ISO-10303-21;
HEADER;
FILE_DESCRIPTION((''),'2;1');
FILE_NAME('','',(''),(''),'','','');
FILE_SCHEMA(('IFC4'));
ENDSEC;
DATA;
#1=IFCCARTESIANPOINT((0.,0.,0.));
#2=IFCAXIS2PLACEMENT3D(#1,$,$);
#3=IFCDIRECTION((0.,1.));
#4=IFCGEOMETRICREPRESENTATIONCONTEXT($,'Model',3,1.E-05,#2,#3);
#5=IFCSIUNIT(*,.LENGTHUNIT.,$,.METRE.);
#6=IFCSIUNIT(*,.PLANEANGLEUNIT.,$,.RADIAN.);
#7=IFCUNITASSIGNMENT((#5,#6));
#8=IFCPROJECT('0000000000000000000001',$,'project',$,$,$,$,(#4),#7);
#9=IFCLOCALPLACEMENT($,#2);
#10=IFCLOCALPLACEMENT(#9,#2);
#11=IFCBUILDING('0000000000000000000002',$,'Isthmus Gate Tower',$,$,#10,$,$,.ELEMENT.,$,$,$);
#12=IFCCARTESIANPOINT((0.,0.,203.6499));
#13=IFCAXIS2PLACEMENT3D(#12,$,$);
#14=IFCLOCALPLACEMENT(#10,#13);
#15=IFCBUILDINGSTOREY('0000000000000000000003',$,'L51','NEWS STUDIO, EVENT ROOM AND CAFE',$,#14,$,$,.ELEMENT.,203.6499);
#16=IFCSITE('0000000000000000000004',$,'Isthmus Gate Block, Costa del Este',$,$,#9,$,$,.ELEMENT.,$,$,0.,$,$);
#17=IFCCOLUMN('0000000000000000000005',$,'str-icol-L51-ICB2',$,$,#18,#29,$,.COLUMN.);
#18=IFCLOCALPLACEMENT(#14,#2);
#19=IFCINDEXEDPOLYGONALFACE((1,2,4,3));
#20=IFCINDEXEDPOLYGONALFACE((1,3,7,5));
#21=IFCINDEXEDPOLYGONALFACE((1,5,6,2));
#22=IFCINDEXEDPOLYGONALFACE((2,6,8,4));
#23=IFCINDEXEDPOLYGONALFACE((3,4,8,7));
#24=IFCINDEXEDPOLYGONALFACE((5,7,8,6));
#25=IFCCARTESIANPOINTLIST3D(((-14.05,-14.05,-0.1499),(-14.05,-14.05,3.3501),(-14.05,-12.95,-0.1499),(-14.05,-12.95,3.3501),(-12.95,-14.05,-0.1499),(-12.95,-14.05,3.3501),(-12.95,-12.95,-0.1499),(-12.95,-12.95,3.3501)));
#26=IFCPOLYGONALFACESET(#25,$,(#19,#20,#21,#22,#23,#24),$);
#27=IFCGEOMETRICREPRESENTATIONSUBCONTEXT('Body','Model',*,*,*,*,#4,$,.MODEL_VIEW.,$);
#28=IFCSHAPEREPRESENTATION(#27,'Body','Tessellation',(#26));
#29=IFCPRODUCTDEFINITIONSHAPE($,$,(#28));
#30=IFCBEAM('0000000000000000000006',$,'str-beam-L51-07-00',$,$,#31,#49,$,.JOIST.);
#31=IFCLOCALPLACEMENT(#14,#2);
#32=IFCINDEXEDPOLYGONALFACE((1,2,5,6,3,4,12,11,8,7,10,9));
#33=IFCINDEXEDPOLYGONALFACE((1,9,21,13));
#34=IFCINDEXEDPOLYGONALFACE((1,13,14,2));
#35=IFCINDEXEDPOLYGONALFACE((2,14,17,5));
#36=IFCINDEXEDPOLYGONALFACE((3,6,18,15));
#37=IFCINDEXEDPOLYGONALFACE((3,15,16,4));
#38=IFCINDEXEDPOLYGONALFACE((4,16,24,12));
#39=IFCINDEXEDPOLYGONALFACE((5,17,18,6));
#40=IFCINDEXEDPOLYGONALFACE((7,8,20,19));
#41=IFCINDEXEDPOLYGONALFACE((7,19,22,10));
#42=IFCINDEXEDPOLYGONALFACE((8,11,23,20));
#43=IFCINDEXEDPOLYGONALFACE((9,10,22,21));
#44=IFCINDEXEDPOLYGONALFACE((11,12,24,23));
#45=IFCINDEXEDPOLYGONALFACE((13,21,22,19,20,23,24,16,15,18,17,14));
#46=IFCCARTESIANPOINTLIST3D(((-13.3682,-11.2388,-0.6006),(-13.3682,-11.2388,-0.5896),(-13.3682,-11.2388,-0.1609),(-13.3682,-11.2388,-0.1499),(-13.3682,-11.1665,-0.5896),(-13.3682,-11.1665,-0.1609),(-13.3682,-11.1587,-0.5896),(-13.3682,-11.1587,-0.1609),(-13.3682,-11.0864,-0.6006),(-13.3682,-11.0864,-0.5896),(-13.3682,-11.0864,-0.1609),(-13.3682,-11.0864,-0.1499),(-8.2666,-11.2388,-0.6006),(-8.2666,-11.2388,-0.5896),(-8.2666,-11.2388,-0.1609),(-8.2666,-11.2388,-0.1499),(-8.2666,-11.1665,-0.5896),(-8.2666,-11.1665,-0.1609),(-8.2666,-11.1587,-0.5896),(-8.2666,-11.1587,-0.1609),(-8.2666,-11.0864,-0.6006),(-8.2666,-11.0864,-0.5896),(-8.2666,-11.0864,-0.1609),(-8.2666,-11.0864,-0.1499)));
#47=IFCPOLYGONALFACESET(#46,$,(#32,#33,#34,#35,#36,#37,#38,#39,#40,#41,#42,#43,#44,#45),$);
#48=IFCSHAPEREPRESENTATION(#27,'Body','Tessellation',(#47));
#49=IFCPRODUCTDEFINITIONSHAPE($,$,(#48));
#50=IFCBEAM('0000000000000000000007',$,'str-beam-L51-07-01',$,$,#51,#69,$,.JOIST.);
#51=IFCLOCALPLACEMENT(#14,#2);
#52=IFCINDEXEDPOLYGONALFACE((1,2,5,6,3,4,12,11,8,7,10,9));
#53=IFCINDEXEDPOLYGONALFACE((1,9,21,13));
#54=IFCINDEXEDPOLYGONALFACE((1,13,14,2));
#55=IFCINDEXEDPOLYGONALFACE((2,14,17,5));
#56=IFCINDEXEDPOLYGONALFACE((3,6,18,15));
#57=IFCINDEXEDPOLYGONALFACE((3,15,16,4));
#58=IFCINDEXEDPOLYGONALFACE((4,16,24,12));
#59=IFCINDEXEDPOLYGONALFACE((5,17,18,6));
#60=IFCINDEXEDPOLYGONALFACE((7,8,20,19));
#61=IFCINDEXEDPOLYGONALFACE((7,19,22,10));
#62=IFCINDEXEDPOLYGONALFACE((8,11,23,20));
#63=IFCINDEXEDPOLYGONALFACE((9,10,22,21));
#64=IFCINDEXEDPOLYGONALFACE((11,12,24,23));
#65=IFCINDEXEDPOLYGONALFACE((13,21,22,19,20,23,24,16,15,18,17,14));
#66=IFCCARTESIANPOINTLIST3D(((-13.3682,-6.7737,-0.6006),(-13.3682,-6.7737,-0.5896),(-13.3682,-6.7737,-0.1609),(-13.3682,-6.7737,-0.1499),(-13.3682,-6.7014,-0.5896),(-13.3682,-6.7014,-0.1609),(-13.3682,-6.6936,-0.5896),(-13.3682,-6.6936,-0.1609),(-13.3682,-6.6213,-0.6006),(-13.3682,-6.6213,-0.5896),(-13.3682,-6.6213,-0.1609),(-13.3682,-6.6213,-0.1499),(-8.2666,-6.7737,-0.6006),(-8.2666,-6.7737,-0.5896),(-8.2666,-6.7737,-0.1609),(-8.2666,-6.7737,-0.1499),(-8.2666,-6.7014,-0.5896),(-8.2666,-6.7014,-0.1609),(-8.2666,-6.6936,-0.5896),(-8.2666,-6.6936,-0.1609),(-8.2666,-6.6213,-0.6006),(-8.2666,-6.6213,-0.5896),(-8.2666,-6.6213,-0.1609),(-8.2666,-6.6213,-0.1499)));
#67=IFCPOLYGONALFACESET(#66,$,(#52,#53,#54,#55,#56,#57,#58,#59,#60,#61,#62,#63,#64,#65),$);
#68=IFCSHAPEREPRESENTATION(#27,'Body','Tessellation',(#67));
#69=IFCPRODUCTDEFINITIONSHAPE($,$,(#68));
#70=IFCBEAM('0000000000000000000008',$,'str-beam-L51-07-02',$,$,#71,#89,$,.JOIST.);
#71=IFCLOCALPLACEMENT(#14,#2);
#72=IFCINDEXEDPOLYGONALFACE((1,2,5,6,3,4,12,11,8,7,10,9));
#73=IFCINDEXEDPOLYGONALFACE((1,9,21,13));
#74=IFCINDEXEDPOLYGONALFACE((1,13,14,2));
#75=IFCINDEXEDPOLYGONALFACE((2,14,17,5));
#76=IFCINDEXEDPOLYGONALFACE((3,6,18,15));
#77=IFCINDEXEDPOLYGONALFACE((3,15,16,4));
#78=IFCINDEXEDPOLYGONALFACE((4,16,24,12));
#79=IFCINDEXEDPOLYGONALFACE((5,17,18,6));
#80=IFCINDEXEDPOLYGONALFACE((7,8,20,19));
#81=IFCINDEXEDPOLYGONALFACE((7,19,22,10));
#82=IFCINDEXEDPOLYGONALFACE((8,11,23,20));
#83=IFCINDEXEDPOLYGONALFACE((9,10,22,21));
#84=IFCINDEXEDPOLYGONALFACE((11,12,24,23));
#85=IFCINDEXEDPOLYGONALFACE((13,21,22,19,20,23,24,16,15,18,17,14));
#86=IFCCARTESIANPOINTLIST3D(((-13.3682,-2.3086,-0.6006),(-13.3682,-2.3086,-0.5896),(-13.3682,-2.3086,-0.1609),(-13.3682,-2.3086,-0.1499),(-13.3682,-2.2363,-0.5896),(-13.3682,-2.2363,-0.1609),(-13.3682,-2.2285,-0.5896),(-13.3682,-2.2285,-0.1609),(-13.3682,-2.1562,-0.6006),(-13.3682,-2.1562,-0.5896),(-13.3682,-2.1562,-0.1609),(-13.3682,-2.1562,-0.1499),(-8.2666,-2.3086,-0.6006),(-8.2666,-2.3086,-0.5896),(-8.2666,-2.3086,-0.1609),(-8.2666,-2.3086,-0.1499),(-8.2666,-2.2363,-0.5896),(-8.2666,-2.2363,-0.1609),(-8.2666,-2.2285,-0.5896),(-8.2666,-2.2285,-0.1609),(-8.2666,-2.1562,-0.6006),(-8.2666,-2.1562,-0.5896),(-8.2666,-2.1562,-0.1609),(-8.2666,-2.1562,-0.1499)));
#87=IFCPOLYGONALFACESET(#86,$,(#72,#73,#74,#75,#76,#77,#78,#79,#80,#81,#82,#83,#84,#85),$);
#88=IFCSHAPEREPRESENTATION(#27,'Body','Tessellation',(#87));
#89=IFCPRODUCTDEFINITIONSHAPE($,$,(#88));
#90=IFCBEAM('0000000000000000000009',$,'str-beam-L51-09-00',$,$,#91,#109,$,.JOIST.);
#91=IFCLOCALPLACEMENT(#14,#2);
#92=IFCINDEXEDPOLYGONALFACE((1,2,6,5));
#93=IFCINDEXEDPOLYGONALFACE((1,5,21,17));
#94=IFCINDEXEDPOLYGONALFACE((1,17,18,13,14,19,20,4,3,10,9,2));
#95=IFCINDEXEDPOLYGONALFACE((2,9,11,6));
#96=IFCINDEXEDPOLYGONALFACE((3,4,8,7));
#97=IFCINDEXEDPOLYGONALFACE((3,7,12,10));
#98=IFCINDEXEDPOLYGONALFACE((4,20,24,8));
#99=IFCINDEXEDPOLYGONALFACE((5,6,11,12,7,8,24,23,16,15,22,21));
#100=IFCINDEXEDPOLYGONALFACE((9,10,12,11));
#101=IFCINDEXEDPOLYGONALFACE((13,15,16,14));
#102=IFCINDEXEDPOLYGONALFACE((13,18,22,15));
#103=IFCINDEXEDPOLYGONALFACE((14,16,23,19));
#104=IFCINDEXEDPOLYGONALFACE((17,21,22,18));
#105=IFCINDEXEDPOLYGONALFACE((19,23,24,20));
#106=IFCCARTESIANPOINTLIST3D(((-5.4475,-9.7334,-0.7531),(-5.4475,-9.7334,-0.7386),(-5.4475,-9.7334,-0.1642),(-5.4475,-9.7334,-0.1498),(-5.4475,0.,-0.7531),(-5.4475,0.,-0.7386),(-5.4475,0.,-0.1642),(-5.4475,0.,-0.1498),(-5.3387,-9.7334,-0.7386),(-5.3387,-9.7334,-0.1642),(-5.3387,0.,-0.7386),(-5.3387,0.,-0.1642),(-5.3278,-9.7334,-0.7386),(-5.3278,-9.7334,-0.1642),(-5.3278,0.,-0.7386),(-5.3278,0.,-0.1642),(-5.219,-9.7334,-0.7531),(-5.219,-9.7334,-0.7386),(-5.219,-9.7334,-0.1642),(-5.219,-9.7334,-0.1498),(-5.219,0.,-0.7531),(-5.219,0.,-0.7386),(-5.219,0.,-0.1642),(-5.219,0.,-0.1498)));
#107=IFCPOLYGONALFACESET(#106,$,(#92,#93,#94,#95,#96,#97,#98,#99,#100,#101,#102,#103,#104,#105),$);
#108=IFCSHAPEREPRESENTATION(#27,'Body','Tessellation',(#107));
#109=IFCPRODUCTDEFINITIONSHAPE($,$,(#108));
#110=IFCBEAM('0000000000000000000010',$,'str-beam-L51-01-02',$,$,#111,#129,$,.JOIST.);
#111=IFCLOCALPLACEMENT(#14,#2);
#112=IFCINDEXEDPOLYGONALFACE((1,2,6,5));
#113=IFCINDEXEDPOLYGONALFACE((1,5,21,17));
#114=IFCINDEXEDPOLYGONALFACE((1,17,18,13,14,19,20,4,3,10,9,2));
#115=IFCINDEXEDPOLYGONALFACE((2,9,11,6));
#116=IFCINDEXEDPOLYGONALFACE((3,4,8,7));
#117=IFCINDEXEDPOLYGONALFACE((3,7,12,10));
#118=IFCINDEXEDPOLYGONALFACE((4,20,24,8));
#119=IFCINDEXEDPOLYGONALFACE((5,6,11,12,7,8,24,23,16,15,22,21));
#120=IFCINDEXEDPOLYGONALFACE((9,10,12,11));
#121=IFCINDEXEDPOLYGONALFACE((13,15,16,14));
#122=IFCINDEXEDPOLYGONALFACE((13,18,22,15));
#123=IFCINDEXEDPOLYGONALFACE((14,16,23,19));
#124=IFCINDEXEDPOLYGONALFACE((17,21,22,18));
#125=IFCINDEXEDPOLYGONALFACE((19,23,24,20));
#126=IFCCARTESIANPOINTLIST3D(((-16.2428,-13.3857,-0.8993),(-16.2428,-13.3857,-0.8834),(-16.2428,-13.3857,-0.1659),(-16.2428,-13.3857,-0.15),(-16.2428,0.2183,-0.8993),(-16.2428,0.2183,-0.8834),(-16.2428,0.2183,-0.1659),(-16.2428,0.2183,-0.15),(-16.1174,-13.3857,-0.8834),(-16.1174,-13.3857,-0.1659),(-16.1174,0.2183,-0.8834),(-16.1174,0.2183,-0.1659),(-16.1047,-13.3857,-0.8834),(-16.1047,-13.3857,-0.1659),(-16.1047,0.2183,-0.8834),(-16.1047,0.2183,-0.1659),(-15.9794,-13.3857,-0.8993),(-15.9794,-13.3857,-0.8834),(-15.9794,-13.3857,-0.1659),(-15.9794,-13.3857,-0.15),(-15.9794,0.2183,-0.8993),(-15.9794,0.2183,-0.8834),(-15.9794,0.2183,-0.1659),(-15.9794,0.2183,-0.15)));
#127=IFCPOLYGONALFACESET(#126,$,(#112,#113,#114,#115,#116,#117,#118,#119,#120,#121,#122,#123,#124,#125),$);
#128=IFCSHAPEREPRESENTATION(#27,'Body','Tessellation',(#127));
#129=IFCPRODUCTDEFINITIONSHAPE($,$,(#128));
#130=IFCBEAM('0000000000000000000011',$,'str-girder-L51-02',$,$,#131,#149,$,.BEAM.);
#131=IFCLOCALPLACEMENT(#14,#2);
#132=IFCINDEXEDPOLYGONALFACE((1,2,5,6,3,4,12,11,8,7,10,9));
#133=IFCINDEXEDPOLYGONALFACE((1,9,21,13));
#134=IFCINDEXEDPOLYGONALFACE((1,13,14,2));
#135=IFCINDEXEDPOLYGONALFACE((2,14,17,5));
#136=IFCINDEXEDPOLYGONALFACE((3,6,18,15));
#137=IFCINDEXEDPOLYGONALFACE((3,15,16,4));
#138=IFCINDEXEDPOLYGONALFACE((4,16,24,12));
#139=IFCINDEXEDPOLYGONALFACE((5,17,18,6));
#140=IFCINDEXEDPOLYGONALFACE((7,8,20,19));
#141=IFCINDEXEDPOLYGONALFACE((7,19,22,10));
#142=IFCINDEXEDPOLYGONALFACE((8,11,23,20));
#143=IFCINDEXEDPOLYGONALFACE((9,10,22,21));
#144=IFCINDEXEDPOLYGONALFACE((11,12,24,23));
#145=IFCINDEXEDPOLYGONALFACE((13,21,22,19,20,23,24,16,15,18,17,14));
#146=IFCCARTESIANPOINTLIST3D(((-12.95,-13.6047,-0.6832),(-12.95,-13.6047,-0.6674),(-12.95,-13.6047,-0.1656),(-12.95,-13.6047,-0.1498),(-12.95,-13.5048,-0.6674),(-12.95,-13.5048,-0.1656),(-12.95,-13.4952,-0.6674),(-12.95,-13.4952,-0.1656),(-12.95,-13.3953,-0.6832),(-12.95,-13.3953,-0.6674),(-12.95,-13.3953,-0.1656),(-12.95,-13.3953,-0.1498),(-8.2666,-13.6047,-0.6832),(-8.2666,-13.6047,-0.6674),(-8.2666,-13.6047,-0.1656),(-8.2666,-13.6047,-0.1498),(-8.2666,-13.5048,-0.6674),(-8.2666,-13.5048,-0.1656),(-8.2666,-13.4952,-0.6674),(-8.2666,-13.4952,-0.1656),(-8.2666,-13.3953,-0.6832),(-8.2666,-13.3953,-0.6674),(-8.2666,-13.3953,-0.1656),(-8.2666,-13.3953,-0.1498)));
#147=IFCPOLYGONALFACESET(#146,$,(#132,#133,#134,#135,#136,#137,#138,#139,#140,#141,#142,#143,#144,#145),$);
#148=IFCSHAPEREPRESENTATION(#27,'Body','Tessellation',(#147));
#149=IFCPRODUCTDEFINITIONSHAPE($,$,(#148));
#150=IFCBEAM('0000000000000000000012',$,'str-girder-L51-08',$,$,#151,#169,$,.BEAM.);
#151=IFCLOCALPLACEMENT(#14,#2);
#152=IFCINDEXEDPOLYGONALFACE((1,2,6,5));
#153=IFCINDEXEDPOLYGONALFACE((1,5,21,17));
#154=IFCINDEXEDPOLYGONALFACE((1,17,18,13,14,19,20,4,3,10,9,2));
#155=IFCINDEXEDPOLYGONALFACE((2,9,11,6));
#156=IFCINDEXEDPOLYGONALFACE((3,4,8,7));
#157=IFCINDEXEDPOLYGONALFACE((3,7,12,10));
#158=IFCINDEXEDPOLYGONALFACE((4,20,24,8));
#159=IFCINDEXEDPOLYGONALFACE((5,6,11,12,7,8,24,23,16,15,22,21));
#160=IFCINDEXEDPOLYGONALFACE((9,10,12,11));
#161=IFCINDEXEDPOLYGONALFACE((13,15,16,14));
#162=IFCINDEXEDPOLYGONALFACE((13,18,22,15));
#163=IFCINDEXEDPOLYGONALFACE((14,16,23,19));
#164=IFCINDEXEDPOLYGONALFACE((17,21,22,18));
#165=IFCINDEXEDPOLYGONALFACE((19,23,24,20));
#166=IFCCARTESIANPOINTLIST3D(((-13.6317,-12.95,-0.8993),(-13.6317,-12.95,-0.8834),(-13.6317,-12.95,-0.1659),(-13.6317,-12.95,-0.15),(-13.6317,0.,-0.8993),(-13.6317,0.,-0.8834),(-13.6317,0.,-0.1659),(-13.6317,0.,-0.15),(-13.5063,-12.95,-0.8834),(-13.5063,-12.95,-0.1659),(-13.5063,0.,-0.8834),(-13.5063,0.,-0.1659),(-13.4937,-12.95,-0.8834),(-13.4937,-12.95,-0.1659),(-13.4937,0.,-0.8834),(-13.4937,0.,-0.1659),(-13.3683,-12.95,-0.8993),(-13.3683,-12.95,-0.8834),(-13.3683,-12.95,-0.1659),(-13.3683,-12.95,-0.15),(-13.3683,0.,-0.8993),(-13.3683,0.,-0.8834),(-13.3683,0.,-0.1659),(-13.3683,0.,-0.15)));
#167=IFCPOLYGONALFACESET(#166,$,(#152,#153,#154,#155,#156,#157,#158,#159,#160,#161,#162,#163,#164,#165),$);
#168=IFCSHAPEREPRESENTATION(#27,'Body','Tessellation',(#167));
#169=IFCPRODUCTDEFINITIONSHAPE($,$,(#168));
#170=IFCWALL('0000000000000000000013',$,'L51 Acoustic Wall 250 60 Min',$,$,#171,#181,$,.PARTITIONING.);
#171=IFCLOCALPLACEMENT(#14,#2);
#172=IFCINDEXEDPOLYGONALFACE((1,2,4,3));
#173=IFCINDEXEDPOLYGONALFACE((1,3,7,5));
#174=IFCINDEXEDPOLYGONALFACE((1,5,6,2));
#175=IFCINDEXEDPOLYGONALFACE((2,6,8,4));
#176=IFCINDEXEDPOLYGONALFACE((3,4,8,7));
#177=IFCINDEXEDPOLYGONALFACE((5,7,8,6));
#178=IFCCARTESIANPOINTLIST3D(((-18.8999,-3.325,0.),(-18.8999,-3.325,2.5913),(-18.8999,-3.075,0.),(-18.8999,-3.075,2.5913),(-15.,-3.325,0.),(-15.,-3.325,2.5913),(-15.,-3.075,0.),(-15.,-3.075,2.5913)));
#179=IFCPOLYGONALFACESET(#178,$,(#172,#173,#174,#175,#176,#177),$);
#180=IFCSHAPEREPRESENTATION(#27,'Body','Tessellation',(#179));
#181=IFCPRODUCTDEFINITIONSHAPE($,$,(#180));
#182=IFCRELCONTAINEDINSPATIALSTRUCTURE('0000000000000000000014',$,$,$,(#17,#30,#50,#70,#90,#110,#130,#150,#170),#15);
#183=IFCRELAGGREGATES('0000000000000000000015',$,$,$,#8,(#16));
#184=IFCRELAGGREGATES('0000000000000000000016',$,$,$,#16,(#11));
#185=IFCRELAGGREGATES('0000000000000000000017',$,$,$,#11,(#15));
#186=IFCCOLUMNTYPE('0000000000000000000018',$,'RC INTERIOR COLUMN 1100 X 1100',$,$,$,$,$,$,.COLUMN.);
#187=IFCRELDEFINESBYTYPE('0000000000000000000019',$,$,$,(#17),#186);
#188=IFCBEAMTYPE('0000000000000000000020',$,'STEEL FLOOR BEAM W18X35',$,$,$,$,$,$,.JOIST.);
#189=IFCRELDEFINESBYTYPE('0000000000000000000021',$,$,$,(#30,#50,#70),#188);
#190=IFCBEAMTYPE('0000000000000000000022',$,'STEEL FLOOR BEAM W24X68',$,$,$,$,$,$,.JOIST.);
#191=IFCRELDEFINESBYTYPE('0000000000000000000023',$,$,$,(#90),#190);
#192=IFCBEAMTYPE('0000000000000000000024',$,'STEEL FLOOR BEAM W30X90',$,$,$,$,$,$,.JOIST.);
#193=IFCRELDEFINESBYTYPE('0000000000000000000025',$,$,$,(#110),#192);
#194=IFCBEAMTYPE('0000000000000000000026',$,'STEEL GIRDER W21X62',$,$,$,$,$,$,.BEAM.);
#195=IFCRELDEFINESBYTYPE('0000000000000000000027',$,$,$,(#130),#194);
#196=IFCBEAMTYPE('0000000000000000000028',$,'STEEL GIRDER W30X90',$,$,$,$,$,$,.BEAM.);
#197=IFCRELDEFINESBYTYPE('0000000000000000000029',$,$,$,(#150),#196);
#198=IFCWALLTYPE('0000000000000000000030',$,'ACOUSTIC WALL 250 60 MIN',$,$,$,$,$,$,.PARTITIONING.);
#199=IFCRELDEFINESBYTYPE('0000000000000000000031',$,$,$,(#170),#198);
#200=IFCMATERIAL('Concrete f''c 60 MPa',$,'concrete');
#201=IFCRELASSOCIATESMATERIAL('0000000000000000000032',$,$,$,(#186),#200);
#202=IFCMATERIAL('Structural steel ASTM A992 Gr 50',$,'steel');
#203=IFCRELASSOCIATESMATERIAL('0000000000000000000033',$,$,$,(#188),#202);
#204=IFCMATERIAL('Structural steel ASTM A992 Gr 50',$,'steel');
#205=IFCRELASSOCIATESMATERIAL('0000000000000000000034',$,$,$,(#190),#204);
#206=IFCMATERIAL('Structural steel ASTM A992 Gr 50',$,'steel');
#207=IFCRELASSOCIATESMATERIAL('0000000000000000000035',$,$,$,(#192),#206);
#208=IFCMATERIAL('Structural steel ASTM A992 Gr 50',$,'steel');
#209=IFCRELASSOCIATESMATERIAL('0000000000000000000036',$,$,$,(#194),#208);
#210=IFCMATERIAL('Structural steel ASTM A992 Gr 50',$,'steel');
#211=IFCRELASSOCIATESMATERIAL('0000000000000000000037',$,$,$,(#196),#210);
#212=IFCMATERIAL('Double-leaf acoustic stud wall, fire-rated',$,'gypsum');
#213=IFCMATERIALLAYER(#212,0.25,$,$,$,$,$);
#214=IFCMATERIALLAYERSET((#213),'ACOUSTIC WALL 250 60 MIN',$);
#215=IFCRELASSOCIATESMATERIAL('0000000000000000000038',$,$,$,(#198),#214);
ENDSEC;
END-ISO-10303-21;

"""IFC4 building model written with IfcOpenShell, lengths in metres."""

from ifc_helpers import new_model, si_unit, direction, frame, frame_2d, origin, origin_2d, place, context, subcontext, project, spatial, rectangle, i_section, extrude, material, layer, layer_set, material_profile, profile_set, type_object, element, save


model = new_model("IFC4")

# Units and contexts
model_context = context("Model", 3, precision=1e-05, world=origin(), true_north=direction((0.0, 1.0)))
body_context = subcontext(model_context, "Body", "Model", "MODEL_VIEW")
ifc_project = project(units=[si_unit("LENGTHUNIT", "METRE"), si_unit("PLANEANGLEUNIT", "RADIAN")], contexts=[model_context])

# Site, building, storey
site_placement = place(None, origin())
site = spatial("IfcSite", under=ifc_project, at=site_placement, Name="Isthmus Gate Block, Costa del Este", CompositionType="ELEMENT", RefElevation=0.0)
building_placement = place(site_placement, origin())
building = spatial("IfcBuilding", under=site, at=building_placement, Name="Isthmus Gate Tower", CompositionType="ELEMENT")
storey_placement = place(building_placement, frame((0.0, 0.0, 203.6499)))
storey = spatial("IfcBuildingStorey", under=building, at=storey_placement, Name="L51", Description="NEWS STUDIO, EVENT ROOM AND CAFE", CompositionType="ELEMENT", Elevation=203.6499)

# Column
ifc_material_1 = material(Name="Concrete f'c 60 MPa", Category="concrete")
ifc_material_profile_1 = material_profile(ifc_material_1, rectangle(XDim=1.1001, YDim=1.1001, at=origin_2d()), Name="RC 1100X1100")
ifc_profile_set_1 = profile_set([ifc_material_profile_1], Name="Concrete f'c 60 MPa")
column_type = type_object("IfcColumnType", Name="RC INTERIOR COLUMN 1100 X 1100", PredefinedType="COLUMN", material=ifc_profile_set_1)
column_placement = place(storey_placement, frame((-13.5, -13.5, -0.1499), z_axis=(0.0, 0.0, 1.0), x_axis=(1.0, 0.0, 0.0)))
element("IfcColumn", 1, at=column_placement, inside=storey, type_object=column_type, Name="str-icol-L51-ICB2", PredefinedType="COLUMN", context=body_context, shape_type="SweptSolid", body=[
    extrude(rectangle(XDim=1.1001, YDim=1.1001, at=origin_2d()), origin(), (0.0, 0.0, 1.0), 3.5),
])

# Beams
ifc_material_2 = material(Name="Structural steel ASTM A992 Gr 50", Category="steel")
ifc_material_profile_2 = material_profile(ifc_material_2, i_section(OverallWidth=0.1523, OverallDepth=0.4507, WebThickness=0.0078, FlangeThickness=0.011, at=origin_2d()), Name="W18X35")
ifc_profile_set_2 = profile_set([ifc_material_profile_2], Name="Structural steel ASTM A992 Gr 50")
beam_type_1 = type_object("IfcBeamType", Name="STEEL FLOOR BEAM W18X35", PredefinedType="JOIST", material=ifc_profile_set_2)
for number, where, z_axis, x_axis, name in (
    (2, (-13.3682, -11.1626, -0.3752), (1.0, 0.0, 0.0), (0.0, 1.0, 0.0), "str-beam-L51-07-00"),
    (3, (-13.3682, -6.6975, -0.3752), (1.0, 0.0, 0.0), (0.0, 1.0, 0.0), "str-beam-L51-07-01"),
    (4, (-13.3682, -2.2324, -0.3752), (1.0, 0.0, 0.0), (0.0, 1.0, 0.0), "str-beam-L51-07-02"),
):
    element("IfcBeam", number, at=place(storey_placement, frame(where, z_axis=z_axis, x_axis=x_axis)), inside=storey, type_object=beam_type_1, Name=name, PredefinedType="JOIST", context=body_context, shape_type="SweptSolid", body=[
        extrude(i_section(OverallWidth=0.1523, OverallDepth=0.4507, WebThickness=0.0078, FlangeThickness=0.011, at=origin_2d()), origin(), (0.0, 0.0, 1.0), 5.1016),
    ])
ifc_material_3 = material(Name="Structural steel ASTM A992 Gr 50", Category="steel")
ifc_material_profile_3 = material_profile(ifc_material_3, i_section(OverallWidth=0.2285, OverallDepth=0.6033, WebThickness=0.011, FlangeThickness=0.0144, at=origin_2d()), Name="W24X68")
ifc_profile_set_3 = profile_set([ifc_material_profile_3], Name="Structural steel ASTM A992 Gr 50")
beam_type_2 = type_object("IfcBeamType", Name="STEEL FLOOR BEAM W24X68", PredefinedType="JOIST", material=ifc_profile_set_3)
beam_1_placement = place(storey_placement, frame((-5.3333, -9.7334, -0.4514), z_axis=(0.0, 1.0, 0.0), x_axis=(-1.0, 0.0, 0.0)))
element("IfcBeam", 5, at=beam_1_placement, inside=storey, type_object=beam_type_2, Name="str-beam-L51-09-00", PredefinedType="JOIST", context=body_context, shape_type="SweptSolid", body=[
    extrude(i_section(OverallWidth=0.2285, OverallDepth=0.6033, WebThickness=0.011, FlangeThickness=0.0144, at=origin_2d()), origin(), (0.0, 0.0, 1.0), 9.7334),
])
ifc_material_4 = material(Name="Structural steel ASTM A992 Gr 50", Category="steel")
ifc_material_profile_4 = material_profile(ifc_material_4, i_section(OverallWidth=0.2634, OverallDepth=0.7493, WebThickness=0.0127, FlangeThickness=0.0159, at=origin_2d()), Name="W30X90")
ifc_profile_set_4 = profile_set([ifc_material_profile_4], Name="Structural steel ASTM A992 Gr 50")
beam_type_3 = type_object("IfcBeamType", Name="STEEL FLOOR BEAM W30X90", PredefinedType="JOIST", material=ifc_profile_set_4)
beam_2_placement = place(storey_placement, frame((-16.1111, -13.3857, -0.5247), z_axis=(0.0, 1.0, 0.0), x_axis=(-1.0, 0.0, 0.0)))
element("IfcBeam", 6, at=beam_2_placement, inside=storey, type_object=beam_type_3, Name="str-beam-L51-01-02", PredefinedType="JOIST", context=body_context, shape_type="SweptSolid", body=[
    extrude(i_section(OverallWidth=0.2634, OverallDepth=0.7493, WebThickness=0.0127, FlangeThickness=0.0159, at=origin_2d()), origin(), (0.0, 0.0, 1.0), 13.604),
])
ifc_material_5 = material(Name="Structural steel ASTM A992 Gr 50", Category="steel")
ifc_material_profile_5 = material_profile(ifc_material_5, i_section(OverallWidth=0.2095, OverallDepth=0.5334, WebThickness=0.0095, FlangeThickness=0.0159, at=origin_2d()), Name="W21X62")
ifc_profile_set_5 = profile_set([ifc_material_profile_5], Name="Structural steel ASTM A992 Gr 50")
beam_type_4 = type_object("IfcBeamType", Name="STEEL GIRDER W21X62", PredefinedType="BEAM", material=ifc_profile_set_5)
beam_3_placement = place(storey_placement, frame((-12.95, -13.5, -0.4165), z_axis=(1.0, 0.0, 0.0), x_axis=(0.0, 1.0, 0.0)))
element("IfcBeam", 7, at=beam_3_placement, inside=storey, type_object=beam_type_4, Name="str-girder-L51-02", PredefinedType="BEAM", context=body_context, shape_type="SweptSolid", body=[
    extrude(i_section(OverallWidth=0.2095, OverallDepth=0.5334, WebThickness=0.0095, FlangeThickness=0.0159, at=origin_2d()), origin(), (0.0, 0.0, 1.0), 4.6833),
])
ifc_material_6 = material(Name="Structural steel ASTM A992 Gr 50", Category="steel")
ifc_material_profile_6 = material_profile(ifc_material_6, i_section(OverallWidth=0.2634, OverallDepth=0.7493, WebThickness=0.0127, FlangeThickness=0.0159, at=origin_2d()), Name="W30X90")
ifc_profile_set_6 = profile_set([ifc_material_profile_6], Name="Structural steel ASTM A992 Gr 50")
beam_type_5 = type_object("IfcBeamType", Name="STEEL GIRDER W30X90", PredefinedType="BEAM", material=ifc_profile_set_6)
beam_4_placement = place(storey_placement, frame((-13.5, -12.95, -0.5247), z_axis=(0.0, 1.0, 0.0), x_axis=(-1.0, 0.0, 0.0)))
element("IfcBeam", 8, at=beam_4_placement, inside=storey, type_object=beam_type_5, Name="str-girder-L51-08", PredefinedType="BEAM", context=body_context, shape_type="SweptSolid", body=[
    extrude(i_section(OverallWidth=0.2634, OverallDepth=0.7493, WebThickness=0.0127, FlangeThickness=0.0159, at=origin_2d()), origin(), (0.0, 0.0, 1.0), 12.95),
])

# Wall
ifc_material_7 = material(Name="Double-leaf acoustic stud wall, fire-rated", Category="gypsum")
ifc_layer_1 = layer(ifc_material_7, 0.25)
ifc_layer_set_1 = layer_set([ifc_layer_1], Name="ACOUSTIC WALL 250 60 MIN")
wall_type_1 = type_object("IfcWallType", Name="ACOUSTIC WALL 250 60 MIN", PredefinedType="PARTITIONING", material=ifc_layer_set_1)
wall_1_placement = place(storey_placement, frame((-15.0, -3.2, 0.0), z_axis=(0.0, 0.0, 1.0), x_axis=(-1.0, 0.0, 0.0)))
element("IfcWall", 9, at=wall_1_placement, inside=storey, type_object=wall_type_1, Name="L51 Acoustic Wall 250 60 Min", PredefinedType="PARTITIONING", context=body_context, shape_type="SweptSolid", body=[
    extrude(rectangle(XDim=3.8999, YDim=0.25, at=frame_2d((1.95, 0.0))), origin(), (0.0, 0.0, 1.0), 2.5913),
])

save(model, "model.ifc")
